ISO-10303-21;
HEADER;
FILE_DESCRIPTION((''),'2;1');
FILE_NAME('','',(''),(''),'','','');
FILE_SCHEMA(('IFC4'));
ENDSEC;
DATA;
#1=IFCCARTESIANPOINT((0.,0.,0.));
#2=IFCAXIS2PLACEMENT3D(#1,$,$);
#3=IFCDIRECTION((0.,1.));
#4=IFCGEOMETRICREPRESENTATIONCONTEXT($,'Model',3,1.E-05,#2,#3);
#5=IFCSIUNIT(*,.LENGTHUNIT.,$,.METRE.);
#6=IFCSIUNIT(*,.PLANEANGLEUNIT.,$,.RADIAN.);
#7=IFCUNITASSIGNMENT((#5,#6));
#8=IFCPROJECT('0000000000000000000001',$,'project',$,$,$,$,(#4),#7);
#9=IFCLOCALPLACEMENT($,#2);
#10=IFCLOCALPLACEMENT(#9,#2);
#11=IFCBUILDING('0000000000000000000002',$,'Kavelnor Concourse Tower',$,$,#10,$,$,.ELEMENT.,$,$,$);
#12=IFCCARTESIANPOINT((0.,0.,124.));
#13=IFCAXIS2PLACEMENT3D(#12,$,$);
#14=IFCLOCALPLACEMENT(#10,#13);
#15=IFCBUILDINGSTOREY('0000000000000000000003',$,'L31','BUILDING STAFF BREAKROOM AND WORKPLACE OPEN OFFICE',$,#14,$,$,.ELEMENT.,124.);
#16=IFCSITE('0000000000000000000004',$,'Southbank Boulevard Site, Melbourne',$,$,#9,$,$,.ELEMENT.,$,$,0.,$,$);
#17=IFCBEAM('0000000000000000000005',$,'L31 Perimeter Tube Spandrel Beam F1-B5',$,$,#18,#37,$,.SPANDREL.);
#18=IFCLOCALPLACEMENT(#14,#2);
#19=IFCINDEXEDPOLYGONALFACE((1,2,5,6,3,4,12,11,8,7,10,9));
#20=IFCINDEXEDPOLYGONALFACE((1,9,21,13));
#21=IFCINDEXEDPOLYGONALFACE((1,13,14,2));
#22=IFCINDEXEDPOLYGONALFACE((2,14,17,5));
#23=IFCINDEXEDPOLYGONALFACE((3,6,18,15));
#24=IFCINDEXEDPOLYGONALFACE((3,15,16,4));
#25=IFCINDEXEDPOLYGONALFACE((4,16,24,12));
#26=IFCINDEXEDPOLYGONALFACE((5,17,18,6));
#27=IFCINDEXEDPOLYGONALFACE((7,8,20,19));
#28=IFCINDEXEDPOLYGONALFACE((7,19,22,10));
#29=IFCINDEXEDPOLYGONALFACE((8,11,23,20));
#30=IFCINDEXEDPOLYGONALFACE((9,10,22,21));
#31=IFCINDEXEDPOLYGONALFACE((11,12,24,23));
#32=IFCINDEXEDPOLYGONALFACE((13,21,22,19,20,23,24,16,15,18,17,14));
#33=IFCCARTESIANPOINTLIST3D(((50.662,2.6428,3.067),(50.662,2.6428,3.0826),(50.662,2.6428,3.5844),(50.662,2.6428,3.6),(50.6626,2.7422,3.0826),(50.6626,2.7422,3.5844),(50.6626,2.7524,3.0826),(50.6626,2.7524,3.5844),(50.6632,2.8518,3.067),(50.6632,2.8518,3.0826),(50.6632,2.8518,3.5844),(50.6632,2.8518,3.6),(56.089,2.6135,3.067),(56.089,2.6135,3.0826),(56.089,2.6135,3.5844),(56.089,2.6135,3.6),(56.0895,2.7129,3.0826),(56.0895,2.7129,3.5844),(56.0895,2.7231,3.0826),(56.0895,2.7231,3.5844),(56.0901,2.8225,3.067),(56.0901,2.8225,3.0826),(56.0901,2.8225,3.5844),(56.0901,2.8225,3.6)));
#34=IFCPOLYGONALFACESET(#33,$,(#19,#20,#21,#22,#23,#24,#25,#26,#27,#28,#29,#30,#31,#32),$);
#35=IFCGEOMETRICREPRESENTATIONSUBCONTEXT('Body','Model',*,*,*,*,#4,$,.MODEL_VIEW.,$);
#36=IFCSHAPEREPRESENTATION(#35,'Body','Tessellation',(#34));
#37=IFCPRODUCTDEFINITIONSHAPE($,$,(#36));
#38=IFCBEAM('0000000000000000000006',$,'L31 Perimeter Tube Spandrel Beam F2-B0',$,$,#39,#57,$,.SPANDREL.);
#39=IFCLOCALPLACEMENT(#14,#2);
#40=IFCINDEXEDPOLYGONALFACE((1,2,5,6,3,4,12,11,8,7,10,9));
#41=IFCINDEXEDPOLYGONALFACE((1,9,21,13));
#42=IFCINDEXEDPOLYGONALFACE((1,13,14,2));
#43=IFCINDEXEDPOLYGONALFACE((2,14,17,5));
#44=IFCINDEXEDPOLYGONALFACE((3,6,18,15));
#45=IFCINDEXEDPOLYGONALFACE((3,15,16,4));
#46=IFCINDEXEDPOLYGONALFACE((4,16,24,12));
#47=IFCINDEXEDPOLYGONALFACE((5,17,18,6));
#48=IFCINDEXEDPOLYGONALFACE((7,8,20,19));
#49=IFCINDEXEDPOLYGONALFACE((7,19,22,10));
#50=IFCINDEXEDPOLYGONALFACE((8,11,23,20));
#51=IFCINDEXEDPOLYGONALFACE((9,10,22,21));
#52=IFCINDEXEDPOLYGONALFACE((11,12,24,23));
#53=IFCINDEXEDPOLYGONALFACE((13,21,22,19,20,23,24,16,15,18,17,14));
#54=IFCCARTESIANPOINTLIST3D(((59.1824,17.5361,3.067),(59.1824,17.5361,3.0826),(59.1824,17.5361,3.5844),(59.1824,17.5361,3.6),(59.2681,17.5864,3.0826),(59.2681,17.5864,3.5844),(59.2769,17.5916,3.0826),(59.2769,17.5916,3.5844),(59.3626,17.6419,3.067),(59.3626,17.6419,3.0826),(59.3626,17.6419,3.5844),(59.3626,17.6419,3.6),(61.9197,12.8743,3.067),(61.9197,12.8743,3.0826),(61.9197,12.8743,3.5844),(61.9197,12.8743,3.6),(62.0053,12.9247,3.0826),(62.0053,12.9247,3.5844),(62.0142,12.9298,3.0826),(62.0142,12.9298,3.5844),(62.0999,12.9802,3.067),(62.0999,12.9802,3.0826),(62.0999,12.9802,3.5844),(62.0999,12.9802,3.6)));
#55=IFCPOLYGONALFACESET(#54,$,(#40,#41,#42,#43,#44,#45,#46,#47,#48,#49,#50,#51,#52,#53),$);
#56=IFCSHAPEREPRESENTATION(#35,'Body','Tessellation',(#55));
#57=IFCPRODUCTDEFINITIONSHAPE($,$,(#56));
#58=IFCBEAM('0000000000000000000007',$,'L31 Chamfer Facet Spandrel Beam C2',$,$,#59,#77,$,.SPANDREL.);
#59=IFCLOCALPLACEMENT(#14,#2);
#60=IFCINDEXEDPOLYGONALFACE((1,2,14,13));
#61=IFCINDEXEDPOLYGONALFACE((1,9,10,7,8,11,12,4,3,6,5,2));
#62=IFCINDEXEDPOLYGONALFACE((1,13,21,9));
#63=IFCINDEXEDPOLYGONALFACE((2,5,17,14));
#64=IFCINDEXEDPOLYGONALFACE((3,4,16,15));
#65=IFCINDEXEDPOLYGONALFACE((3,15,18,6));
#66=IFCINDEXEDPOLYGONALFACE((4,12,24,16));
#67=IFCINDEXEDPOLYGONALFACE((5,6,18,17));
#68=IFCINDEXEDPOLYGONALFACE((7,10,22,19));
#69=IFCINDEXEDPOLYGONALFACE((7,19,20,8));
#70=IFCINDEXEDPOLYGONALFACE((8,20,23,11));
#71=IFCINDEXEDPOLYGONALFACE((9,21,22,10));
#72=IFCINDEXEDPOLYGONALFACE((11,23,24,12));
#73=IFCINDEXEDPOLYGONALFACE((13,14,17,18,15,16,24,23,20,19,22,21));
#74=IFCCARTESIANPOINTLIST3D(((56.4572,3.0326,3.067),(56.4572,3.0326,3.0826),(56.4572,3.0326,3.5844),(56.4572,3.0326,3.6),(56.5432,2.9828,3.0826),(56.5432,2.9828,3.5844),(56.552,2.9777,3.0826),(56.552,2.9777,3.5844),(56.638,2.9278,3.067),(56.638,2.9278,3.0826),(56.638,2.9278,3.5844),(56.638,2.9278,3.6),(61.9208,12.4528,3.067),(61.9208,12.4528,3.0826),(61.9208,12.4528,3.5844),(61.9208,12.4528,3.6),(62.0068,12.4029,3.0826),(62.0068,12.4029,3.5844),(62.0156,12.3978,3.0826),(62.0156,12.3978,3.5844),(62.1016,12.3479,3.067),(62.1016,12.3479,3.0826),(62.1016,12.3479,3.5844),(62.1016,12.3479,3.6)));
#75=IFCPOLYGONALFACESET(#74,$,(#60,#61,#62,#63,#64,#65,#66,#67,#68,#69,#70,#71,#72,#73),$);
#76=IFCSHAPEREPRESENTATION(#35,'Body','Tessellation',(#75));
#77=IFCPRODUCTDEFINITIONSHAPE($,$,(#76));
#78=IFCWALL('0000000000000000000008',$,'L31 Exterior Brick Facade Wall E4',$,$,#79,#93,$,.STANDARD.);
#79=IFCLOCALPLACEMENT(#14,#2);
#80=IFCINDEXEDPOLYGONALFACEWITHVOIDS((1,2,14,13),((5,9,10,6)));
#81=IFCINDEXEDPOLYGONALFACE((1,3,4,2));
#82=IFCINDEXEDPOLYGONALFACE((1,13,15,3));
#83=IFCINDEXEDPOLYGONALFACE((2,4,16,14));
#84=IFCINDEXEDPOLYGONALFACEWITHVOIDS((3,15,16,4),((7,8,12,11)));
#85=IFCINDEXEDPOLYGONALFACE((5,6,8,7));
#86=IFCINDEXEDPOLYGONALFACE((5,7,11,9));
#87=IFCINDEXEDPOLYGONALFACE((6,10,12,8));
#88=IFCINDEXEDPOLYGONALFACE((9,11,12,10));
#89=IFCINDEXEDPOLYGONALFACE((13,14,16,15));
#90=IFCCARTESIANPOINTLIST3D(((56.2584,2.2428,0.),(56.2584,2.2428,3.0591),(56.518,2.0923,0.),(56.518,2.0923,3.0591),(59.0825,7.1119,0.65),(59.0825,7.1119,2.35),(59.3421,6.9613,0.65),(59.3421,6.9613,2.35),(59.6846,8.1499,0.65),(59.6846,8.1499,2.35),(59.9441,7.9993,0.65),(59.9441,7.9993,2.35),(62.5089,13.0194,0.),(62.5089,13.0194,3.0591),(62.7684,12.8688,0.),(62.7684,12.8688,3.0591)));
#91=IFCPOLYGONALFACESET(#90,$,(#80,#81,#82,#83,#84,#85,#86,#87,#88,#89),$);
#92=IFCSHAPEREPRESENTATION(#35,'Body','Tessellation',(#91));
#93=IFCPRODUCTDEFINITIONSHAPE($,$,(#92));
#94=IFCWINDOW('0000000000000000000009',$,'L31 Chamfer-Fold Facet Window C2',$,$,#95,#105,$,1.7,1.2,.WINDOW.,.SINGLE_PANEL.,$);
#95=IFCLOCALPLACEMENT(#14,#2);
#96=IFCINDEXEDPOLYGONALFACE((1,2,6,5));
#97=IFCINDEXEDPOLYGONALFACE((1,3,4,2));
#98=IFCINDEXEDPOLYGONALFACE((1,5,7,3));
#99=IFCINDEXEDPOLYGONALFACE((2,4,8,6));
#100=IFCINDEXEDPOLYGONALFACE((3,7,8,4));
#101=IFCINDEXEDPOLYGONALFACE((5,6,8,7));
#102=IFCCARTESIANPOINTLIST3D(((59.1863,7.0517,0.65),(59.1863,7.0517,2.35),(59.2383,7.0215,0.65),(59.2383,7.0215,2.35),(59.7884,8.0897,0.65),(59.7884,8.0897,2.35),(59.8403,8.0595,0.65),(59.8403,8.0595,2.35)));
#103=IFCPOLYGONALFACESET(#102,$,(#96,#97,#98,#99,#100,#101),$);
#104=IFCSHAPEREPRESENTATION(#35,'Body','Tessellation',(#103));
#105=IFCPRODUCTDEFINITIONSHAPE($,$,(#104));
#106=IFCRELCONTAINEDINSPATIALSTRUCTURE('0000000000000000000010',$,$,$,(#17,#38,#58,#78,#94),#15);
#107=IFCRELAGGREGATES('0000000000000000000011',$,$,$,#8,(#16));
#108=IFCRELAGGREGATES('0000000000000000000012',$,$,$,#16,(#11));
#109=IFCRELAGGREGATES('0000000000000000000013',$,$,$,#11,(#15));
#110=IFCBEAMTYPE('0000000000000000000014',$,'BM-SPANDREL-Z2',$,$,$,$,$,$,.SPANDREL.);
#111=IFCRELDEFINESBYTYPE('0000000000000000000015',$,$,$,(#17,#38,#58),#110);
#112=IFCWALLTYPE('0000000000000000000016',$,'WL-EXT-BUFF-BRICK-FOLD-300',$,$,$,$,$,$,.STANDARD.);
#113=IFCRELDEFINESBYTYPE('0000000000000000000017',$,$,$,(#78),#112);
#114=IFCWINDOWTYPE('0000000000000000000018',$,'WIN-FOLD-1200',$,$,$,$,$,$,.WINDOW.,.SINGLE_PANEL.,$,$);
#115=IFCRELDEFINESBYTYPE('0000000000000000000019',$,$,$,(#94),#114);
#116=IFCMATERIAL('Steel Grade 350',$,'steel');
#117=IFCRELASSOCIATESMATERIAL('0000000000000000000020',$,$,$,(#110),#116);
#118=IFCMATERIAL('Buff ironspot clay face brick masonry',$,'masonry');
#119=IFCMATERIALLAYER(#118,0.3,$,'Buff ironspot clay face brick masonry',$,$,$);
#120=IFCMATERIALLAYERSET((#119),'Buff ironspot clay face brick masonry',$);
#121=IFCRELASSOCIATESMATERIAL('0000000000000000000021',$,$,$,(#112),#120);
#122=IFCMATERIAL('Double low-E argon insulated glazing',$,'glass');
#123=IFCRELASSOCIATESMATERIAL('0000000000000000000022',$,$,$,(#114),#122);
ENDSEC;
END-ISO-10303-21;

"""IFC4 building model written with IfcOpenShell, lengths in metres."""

from ifc_helpers import new_model, si_unit, direction, frame, frame_2d, origin, origin_2d, place, context, subcontext, project, spatial, rectangle, i_section, extrude, material, layer, layer_set, material_profile, profile_set, type_object, element, fill, save


model = new_model("IFC4")

# Units and contexts
model_context = context("Model", 3, precision=1e-05, world=origin(), true_north=direction((0.0, 1.0)))
body_context = subcontext(model_context, "Body", "Model", "MODEL_VIEW")
ifc_project = project(units=[si_unit("LENGTHUNIT", "METRE"), si_unit("PLANEANGLEUNIT", "RADIAN")], contexts=[model_context])

# Site, building, storey
site_placement = place(None, origin())
site = spatial("IfcSite", under=ifc_project, at=site_placement, Name="Southbank Boulevard Site, Melbourne", CompositionType="ELEMENT", RefElevation=0.0)
building_placement = place(site_placement, origin())
building = spatial("IfcBuilding", under=site, at=building_placement, Name="Kavelnor Concourse Tower", CompositionType="ELEMENT")
storey_placement = place(building_placement, frame((0.0, 0.0, 124.0)))
storey = spatial("IfcBuildingStorey", under=building, at=storey_placement, Name="L31", Description="BUILDING STAFF BREAKROOM AND WORKPLACE OPEN OFFICE", CompositionType="ELEMENT", Elevation=124.0)

# Shared definitions
ifc_material_1 = material(Name="Steel Grade 350", Category="steel")

# Beams
ifc_material_profile_1 = material_profile(ifc_material_1, i_section(OverallWidth=0.209, OverallDepth=0.533, WebThickness=0.0103, FlangeThickness=0.0156, at=origin_2d()), Name="530UB92")
ifc_profile_set_1 = profile_set([ifc_material_profile_1], Name="Steel Grade 350")
beam_type_1 = type_object("IfcBeamType", Name="BM-SPANDREL-Z2", PredefinedType="SPANDREL", material=ifc_profile_set_1)
beam_1_placement = place(storey_placement, frame((50.6626, 2.7473, 3.3335), z_axis=(0.999985, -0.005398, 0.0), x_axis=(0.005398, 0.999985, 0.0)))
element("IfcBeam", 1, at=beam_1_placement, inside=storey, type_object=beam_type_1, Name="L31 Perimeter Tube Spandrel Beam F1-B5", PredefinedType="SPANDREL", context=body_context, shape_type="SweptSolid", body=[
    extrude(i_section(OverallWidth=0.209, OverallDepth=0.533, WebThickness=0.0103, FlangeThickness=0.0156, at=origin_2d()), origin(), (0.0, 0.0, 1.0), 5.427),
])
beam_2_placement = place(storey_placement, frame((62.0098, 12.9272, 3.3335), z_axis=(-0.506337, 0.862336, 0.0), x_axis=(-0.862336, -0.506337, 0.0)))
element("IfcBeam", 2, at=beam_2_placement, inside=storey, type_object=beam_type_1, Name="L31 Perimeter Tube Spandrel Beam F2-B0", PredefinedType="SPANDREL", context=body_context, shape_type="SweptSolid", body=[
    extrude(i_section(OverallWidth=0.209, OverallDepth=0.533, WebThickness=0.0103, FlangeThickness=0.0156, at=origin_2d()), origin(), (0.0, 0.0, 1.0), 5.406),
])
beam_3_placement = place(storey_placement, frame((56.5476, 2.9802, 3.3335), z_axis=(0.501713, 0.865034, 0.0), x_axis=(-0.865034, 0.501713, 0.0)))
element("IfcBeam", 3, at=beam_3_placement, inside=storey, type_object=beam_type_1, Name="L31 Chamfer Facet Spandrel Beam C2", PredefinedType="SPANDREL", context=body_context, shape_type="SweptSolid", body=[
    extrude(i_section(OverallWidth=0.209, OverallDepth=0.533, WebThickness=0.0103, FlangeThickness=0.0156, at=origin_2d()), origin(), (0.0, 0.0, 1.0), 10.8899),
])

# Wall, opening, window
ifc_material_2 = material(Name="Buff ironspot clay face brick masonry", Category="masonry")
ifc_layer_1 = layer(ifc_material_2, 0.3, Name="Buff ironspot clay face brick masonry")
ifc_layer_set_1 = layer_set([ifc_layer_1], Name="Buff ironspot clay face brick masonry")
wall_type_1 = type_object("IfcWallType", Name="WL-EXT-BUFF-BRICK-FOLD-300", PredefinedType="STANDARD", material=ifc_layer_set_1)
wall_1_placement = place(storey_placement, frame((62.6387, 12.9441, 0.0), z_axis=(0.0, 0.0, 1.0), x_axis=(-0.501721, -0.865029, 0.0)))
wall_1 = element("IfcWall", 4, at=wall_1_placement, inside=storey, type_object=wall_type_1, Name="L31 Exterior Brick Facade Wall E4", PredefinedType="STANDARD", context=body_context, shape_type="SweptSolid", body=[
    extrude(rectangle(XDim=12.458, YDim=0.3, at=frame_2d((6.229, 0.0))), origin(), (0.0, 0.0, 1.0), 3.0591),
])
opening_1_placement = place(wall_1_placement, frame((5.6292, 0.0, 0.6499)))
opening_1 = element("IfcOpeningElement", 5, at=opening_1_placement, cuts=wall_1, PredefinedType="OPENING", context=body_context, shape_type="SweptSolid", body=[
    extrude(rectangle(XDim=1.2, YDim=1.7, at=frame_2d((0.6001, 0.8501))), frame((0.0, 0.1602, 0.0), z_axis=(0.0, -1.0, 0.0), x_axis=(1.0, 0.0, 0.0)), (0.0, 0.0, 1.0), 0.3201),
])
ifc_material_3 = material(Name="Double low-E argon insulated glazing", Category="glass")
window_type_1 = type_object("IfcWindowType", Name="WIN-FOLD-1200", PartitioningType="SINGLE_PANEL", PredefinedType="WINDOW", material=ifc_material_3)
window_1_placement = place(opening_1_placement, origin())
window_1 = element("IfcWindow", 6, at=window_1_placement, inside=storey, type_object=window_type_1, Name="L31 Chamfer-Fold Facet Window C2", OverallHeight=1.7, OverallWidth=1.2, PartitioningType="SINGLE_PANEL", PredefinedType="WINDOW", context=body_context, shape_type="SweptSolid", body=[
    extrude(rectangle(XDim=1.2, YDim=1.7, at=frame_2d((0.6001, 0.8501))), frame((0.0, 0.03, 0.0), z_axis=(0.0, -1.0, 0.0), x_axis=(1.0, 0.0, 0.0)), (0.0, 0.0, 1.0), 0.0601),
])
fill(opening_1, window_1)

save(model, "model.ifc")
